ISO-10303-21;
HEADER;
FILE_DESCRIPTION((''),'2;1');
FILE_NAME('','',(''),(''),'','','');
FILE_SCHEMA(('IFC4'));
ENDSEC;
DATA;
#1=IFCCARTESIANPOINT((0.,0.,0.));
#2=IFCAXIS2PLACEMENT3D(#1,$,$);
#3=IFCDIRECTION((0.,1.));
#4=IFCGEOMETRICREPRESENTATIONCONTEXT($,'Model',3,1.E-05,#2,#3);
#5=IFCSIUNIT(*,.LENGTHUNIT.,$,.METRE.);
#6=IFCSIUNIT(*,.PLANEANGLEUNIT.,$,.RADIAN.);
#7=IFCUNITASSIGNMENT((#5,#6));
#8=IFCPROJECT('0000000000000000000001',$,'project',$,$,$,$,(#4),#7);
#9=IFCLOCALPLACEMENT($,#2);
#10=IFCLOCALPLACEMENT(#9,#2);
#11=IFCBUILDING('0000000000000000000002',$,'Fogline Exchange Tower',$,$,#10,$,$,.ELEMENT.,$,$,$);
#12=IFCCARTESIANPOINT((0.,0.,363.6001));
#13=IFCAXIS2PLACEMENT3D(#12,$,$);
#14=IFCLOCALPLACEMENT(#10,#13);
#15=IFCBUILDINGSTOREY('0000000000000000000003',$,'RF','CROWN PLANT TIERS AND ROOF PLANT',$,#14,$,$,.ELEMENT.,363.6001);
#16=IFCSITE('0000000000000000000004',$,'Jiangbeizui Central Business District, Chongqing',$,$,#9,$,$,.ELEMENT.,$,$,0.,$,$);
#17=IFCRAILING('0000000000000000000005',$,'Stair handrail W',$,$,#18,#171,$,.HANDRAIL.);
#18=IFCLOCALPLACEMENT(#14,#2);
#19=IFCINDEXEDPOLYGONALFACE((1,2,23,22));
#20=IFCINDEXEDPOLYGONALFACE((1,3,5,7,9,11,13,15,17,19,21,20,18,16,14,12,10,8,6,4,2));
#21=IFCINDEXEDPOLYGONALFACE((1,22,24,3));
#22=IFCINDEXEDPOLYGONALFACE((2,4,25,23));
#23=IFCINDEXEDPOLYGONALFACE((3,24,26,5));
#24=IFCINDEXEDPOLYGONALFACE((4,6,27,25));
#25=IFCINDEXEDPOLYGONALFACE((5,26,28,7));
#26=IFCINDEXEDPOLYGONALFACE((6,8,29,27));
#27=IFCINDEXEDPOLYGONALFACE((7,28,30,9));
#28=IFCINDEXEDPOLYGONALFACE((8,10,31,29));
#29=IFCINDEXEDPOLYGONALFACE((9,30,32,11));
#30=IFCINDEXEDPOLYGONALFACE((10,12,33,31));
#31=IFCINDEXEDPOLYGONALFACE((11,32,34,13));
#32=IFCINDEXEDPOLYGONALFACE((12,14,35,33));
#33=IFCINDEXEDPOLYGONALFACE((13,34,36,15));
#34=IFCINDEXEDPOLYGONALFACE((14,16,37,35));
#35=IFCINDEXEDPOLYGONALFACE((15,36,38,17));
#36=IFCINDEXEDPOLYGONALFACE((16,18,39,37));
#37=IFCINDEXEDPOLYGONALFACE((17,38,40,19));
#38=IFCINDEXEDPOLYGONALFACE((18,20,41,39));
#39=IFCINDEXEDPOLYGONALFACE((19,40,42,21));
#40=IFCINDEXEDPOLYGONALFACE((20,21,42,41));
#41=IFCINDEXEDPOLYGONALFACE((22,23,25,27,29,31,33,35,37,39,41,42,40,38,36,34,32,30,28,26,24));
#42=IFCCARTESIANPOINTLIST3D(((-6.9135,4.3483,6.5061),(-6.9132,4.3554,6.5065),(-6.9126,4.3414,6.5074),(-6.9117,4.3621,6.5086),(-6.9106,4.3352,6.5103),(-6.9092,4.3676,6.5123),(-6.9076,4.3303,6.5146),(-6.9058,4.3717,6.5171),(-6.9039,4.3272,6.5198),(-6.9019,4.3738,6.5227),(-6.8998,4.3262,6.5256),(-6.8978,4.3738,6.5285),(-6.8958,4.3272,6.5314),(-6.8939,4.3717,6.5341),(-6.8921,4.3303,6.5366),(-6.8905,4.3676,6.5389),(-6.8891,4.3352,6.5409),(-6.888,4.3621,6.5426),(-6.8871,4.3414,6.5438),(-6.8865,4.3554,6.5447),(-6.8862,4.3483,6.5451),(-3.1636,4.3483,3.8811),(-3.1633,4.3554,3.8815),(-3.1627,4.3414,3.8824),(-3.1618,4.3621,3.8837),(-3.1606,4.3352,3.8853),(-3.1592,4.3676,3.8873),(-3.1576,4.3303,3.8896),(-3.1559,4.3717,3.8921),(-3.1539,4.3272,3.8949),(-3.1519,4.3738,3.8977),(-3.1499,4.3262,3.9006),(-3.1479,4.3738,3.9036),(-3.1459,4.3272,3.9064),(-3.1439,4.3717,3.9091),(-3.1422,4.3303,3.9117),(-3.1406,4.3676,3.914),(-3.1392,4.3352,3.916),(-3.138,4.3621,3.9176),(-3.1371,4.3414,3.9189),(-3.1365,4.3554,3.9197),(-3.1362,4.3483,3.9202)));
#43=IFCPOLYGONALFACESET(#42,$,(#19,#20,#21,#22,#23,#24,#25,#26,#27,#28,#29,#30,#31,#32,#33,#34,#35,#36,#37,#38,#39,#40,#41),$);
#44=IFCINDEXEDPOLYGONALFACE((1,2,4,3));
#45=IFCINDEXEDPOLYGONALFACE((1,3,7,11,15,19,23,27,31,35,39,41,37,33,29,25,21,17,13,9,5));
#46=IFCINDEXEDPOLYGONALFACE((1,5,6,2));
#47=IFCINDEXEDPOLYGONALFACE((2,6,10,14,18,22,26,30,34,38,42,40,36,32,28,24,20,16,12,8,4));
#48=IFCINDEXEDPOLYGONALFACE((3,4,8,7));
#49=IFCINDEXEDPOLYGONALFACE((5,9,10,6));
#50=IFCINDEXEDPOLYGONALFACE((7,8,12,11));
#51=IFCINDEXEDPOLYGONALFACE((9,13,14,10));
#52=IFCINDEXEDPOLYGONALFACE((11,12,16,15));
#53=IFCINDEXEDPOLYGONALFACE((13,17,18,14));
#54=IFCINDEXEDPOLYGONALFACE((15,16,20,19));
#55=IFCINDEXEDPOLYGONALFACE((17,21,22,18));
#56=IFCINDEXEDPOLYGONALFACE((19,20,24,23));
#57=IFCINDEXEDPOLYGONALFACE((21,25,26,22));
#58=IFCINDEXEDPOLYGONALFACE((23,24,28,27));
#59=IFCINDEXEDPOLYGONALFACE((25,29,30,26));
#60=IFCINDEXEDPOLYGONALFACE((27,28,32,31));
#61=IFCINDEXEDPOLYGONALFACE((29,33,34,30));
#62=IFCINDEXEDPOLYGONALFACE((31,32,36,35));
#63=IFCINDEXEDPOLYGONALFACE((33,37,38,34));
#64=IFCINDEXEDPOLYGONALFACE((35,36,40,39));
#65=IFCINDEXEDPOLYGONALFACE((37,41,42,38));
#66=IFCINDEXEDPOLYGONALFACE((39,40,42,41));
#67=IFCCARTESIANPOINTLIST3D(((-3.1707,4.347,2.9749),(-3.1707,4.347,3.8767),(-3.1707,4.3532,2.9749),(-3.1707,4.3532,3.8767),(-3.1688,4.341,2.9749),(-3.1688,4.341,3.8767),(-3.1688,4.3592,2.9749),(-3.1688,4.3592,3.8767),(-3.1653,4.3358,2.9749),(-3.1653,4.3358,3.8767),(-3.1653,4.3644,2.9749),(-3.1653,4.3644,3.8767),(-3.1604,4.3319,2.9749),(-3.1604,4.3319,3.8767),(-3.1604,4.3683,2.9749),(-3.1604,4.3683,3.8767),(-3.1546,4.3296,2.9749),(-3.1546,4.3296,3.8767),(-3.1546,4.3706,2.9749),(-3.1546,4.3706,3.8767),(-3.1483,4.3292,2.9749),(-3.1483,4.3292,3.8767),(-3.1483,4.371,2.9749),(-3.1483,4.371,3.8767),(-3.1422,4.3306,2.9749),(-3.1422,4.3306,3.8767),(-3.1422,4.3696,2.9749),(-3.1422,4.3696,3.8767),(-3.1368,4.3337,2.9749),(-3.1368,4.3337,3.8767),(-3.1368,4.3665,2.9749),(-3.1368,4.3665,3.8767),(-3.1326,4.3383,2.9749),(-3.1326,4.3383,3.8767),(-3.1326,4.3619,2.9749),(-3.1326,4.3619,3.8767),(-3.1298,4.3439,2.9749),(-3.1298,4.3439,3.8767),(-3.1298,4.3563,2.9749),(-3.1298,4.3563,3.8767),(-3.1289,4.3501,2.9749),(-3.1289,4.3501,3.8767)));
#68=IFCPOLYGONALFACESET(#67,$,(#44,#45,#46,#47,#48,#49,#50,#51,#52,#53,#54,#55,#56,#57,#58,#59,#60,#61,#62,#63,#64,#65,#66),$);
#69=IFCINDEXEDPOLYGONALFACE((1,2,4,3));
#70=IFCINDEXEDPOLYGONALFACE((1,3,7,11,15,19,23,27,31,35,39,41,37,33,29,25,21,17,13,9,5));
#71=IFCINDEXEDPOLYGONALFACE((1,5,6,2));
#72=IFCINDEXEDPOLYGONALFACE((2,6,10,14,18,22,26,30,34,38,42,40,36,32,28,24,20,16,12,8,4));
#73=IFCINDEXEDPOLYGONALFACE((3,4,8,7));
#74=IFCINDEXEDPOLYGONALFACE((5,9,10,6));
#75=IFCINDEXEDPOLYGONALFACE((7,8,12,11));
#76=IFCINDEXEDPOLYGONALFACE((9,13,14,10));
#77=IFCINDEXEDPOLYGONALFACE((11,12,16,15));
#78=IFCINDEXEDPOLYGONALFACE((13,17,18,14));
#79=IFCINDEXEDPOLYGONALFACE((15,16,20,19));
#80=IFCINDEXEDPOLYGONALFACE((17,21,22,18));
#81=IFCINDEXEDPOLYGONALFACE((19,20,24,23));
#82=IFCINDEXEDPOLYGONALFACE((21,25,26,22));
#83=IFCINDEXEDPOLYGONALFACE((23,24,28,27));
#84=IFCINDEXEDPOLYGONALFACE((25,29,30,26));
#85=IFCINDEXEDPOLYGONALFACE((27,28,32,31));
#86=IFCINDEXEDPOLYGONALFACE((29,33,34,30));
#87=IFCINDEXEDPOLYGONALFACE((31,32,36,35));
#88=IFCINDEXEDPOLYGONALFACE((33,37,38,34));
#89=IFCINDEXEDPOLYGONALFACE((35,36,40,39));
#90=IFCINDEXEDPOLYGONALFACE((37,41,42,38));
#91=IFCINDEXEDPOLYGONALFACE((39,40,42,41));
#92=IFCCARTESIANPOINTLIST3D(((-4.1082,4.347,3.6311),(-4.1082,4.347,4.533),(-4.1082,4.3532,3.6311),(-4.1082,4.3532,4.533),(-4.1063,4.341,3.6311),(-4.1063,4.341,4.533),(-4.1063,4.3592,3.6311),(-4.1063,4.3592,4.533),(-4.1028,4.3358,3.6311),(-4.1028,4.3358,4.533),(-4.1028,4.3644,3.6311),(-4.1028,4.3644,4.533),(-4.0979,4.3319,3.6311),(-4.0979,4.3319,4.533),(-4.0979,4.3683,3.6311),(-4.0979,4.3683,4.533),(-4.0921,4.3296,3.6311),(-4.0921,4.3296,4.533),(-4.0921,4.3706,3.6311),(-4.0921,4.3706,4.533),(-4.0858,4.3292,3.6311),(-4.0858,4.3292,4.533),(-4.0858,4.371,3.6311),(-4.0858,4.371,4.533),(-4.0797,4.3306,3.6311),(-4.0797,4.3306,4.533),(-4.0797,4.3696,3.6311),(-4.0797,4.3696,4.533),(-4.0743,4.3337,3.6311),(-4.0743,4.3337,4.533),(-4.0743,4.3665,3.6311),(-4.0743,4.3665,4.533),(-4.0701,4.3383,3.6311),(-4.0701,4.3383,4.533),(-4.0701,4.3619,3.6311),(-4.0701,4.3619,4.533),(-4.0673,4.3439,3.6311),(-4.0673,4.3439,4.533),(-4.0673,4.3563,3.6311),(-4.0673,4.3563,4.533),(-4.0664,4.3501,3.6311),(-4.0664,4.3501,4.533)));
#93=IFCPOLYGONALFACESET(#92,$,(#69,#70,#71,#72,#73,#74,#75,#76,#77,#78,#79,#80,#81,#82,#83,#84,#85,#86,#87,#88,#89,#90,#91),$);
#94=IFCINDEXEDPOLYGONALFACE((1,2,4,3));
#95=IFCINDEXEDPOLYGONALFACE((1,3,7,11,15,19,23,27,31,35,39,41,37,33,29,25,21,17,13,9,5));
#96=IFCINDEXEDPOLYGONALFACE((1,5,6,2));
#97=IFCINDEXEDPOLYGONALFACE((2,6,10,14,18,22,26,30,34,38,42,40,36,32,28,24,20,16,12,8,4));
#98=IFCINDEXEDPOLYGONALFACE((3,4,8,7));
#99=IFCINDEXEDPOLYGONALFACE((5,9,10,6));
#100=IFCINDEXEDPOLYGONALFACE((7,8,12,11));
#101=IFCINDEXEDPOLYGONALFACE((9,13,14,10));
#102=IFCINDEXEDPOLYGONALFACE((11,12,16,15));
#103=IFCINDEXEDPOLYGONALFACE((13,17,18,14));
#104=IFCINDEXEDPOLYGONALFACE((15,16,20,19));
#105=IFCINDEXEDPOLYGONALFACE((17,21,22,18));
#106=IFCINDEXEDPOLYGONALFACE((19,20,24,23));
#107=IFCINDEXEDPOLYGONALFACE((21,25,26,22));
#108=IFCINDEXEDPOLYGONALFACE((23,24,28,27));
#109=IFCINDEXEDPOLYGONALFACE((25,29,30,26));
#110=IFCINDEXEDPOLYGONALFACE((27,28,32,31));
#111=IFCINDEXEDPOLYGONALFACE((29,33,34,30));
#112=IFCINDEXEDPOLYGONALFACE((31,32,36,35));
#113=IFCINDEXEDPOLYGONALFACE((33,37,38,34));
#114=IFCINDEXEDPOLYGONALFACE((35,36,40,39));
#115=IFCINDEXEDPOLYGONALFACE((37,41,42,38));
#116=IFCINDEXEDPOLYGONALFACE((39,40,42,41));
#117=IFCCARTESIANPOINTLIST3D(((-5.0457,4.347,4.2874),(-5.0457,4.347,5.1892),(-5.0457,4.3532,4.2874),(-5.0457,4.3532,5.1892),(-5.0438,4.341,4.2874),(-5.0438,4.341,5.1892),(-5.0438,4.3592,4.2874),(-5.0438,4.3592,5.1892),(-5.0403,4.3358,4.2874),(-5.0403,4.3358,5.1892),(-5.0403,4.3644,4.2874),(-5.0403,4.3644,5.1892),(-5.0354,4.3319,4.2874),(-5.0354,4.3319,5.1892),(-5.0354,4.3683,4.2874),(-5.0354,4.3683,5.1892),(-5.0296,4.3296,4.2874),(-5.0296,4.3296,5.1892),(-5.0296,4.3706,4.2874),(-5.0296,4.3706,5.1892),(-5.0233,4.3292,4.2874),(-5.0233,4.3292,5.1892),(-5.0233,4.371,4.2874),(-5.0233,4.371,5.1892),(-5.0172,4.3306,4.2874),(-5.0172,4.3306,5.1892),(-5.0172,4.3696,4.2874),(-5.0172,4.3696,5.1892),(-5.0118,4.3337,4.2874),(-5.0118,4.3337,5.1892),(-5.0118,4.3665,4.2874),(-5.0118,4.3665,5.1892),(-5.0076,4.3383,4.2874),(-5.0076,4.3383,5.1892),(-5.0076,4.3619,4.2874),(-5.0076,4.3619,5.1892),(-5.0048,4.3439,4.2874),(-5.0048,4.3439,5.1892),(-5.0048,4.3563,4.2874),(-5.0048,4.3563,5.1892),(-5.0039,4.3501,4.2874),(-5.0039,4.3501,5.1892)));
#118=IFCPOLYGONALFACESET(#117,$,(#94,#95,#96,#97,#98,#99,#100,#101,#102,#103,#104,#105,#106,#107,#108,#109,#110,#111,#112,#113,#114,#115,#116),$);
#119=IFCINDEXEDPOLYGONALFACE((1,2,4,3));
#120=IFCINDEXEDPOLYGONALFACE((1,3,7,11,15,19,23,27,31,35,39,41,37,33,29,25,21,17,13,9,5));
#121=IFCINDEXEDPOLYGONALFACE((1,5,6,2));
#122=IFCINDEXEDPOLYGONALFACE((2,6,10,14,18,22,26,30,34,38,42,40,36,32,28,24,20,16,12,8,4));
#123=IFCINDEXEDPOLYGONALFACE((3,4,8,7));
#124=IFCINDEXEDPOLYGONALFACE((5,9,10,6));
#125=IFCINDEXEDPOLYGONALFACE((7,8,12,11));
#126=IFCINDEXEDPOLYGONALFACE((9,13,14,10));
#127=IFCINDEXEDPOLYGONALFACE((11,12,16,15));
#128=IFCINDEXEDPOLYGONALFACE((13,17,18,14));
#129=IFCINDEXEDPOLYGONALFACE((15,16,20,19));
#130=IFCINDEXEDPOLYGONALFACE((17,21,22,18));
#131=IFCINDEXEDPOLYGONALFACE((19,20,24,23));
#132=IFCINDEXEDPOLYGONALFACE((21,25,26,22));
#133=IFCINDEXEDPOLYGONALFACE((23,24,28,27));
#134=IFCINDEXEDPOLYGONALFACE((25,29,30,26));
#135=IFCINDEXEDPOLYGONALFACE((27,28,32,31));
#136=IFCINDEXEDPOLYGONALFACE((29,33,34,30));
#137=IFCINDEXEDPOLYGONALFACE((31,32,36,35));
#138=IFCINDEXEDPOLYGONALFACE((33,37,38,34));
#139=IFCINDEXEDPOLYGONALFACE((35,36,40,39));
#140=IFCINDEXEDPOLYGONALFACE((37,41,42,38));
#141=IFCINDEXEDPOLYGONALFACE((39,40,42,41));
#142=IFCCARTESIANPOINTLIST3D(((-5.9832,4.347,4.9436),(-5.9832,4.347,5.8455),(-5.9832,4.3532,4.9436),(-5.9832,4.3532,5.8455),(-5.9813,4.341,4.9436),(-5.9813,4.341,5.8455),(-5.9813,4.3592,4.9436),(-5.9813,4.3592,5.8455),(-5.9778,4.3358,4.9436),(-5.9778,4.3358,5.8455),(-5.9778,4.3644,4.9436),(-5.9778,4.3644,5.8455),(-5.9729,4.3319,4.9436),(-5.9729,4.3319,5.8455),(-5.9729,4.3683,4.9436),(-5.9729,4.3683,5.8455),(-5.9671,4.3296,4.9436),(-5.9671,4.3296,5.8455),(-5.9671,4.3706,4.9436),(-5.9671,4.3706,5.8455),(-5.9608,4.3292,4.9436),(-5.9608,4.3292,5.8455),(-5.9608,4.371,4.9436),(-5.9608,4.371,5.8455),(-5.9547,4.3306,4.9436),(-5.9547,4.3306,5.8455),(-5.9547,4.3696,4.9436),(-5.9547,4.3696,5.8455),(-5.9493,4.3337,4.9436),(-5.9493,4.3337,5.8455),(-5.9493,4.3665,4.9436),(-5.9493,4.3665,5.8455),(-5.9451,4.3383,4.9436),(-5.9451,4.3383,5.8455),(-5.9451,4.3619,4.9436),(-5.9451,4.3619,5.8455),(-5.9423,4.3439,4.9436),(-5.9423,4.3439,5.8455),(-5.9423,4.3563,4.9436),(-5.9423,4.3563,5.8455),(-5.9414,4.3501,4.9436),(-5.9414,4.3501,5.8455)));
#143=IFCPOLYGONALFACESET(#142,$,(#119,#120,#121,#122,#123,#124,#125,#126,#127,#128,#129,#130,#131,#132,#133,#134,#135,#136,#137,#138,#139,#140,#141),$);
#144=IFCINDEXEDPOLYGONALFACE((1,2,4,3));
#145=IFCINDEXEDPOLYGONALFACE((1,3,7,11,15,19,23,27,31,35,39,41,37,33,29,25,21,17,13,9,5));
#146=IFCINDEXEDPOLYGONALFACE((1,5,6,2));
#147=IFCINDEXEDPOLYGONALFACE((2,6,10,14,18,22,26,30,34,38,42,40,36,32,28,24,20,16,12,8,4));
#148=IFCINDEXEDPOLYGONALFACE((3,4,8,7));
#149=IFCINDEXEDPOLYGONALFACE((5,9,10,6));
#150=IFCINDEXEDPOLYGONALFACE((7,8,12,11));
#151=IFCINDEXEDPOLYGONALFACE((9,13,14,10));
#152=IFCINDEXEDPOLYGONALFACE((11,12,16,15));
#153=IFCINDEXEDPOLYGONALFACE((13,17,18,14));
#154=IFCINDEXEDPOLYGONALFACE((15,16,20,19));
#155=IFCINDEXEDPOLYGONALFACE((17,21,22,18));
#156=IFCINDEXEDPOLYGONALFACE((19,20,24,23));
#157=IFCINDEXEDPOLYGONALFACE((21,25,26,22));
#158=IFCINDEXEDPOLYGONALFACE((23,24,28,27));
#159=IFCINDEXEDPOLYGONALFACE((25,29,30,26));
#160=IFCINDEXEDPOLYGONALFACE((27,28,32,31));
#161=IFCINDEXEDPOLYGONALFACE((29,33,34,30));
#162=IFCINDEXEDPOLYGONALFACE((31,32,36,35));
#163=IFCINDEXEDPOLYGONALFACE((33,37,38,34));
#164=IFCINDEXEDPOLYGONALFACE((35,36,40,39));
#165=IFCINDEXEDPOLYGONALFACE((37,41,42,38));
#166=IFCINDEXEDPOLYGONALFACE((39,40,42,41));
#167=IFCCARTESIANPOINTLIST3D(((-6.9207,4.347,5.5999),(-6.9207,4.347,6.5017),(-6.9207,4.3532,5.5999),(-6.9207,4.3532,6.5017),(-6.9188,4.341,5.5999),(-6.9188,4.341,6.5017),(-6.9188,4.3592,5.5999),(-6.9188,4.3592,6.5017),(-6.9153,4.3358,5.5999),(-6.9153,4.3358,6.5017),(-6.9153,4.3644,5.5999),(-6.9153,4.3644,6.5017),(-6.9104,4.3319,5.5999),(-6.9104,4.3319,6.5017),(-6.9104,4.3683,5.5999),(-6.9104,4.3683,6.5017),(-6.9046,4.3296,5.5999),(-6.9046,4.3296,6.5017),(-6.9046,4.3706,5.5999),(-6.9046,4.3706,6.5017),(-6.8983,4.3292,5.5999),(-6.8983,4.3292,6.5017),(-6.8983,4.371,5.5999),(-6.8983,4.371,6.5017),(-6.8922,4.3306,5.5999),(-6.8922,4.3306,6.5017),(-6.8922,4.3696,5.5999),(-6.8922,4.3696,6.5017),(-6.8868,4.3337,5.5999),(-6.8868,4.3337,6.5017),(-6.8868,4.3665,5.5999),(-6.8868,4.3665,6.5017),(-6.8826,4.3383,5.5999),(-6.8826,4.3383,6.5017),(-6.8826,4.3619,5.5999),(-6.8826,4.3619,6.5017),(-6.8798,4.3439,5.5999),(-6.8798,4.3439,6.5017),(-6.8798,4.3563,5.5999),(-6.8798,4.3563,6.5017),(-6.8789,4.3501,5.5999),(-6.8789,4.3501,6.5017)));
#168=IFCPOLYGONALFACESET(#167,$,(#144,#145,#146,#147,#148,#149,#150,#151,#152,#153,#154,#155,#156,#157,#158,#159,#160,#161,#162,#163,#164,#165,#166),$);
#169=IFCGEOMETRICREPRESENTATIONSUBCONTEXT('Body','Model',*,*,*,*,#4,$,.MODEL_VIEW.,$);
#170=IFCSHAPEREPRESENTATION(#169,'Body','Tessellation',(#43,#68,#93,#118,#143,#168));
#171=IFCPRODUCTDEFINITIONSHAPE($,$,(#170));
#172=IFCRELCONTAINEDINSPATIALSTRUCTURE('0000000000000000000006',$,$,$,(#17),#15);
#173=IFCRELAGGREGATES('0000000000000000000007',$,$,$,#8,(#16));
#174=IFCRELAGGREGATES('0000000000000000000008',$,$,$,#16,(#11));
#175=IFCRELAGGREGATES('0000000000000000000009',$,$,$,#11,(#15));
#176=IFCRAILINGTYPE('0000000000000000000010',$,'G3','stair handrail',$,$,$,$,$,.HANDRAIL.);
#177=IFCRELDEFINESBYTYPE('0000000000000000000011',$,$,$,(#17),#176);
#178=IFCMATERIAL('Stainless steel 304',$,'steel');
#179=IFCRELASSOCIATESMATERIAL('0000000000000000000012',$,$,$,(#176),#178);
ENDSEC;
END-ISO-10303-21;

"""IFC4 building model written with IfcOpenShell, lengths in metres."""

from ifc_helpers import new_model, si_unit, direction, frame, origin, origin_2d, place, context, subcontext, project, spatial, circle, extrude, material, type_object, element, save


model = new_model("IFC4")

# Units and contexts
model_context = context("Model", 3, precision=1e-05, world=origin(), true_north=direction((0.0, 1.0)))
body_context = subcontext(model_context, "Body", "Model", "MODEL_VIEW")
ifc_project = project(units=[si_unit("LENGTHUNIT", "METRE"), si_unit("PLANEANGLEUNIT", "RADIAN")], contexts=[model_context])

# Site, building, storey
site_placement = place(None, origin())
site = spatial("IfcSite", under=ifc_project, at=site_placement, Name="Jiangbeizui Central Business District, Chongqing", CompositionType="ELEMENT", RefElevation=0.0)
building_placement = place(site_placement, origin())
building = spatial("IfcBuilding", under=site, at=building_placement, Name="Fogline Exchange Tower", CompositionType="ELEMENT")
storey_placement = place(building_placement, frame((0.0, 0.0, 363.6001)))
storey = spatial("IfcBuildingStorey", under=building, at=storey_placement, Name="RF", Description="CROWN PLANT TIERS AND ROOF PLANT", CompositionType="ELEMENT", Elevation=363.6001)

# Railing
ifc_material_1 = material(Name="Stainless steel 304", Category="steel")
railing_type_1 = type_object("IfcRailingType", Name="G3", Description="stair handrail", PredefinedType="HANDRAIL", material=ifc_material_1)
for number, where, name in (
    (1, (-3.1499, 4.3501, 2.9749), "Stair handrail W"),
):
    element("IfcRailing", number, at=place(storey_placement, frame(where)), inside=storey, type_object=railing_type_1, Name=name, PredefinedType="HANDRAIL", context=body_context, shape_type="SweptSolid", body=[
        extrude(circle(Radius=0.0239, at=origin_2d()), frame((0.0, 0.0, 0.9258), z_axis=(-0.819232, 0.0, 0.573462), x_axis=(0.0, -1.0, 0.0)), (0.0, 0.0, 1.0), 4.5774),
        extrude(circle(Radius=0.021, at=origin_2d()), origin(), (0.0, 0.0, 1.0), 0.9019),
        extrude(circle(Radius=0.021, at=origin_2d()), frame((-0.9375, 0.0, 0.6562)), (0.0, 0.0, 1.0), 0.9019),
        extrude(circle(Radius=0.021, at=origin_2d()), frame((-1.875, 0.0, 1.3125)), (0.0, 0.0, 1.0), 0.9019),
        extrude(circle(Radius=0.021, at=origin_2d()), frame((-2.8125, 0.0, 1.9688)), (0.0, 0.0, 1.0), 0.9019),
        extrude(circle(Radius=0.021, at=origin_2d()), frame((-3.75, 0.0, 2.625)), (0.0, 0.0, 1.0), 0.9019),
    ])

save(model, "model.ifc")
